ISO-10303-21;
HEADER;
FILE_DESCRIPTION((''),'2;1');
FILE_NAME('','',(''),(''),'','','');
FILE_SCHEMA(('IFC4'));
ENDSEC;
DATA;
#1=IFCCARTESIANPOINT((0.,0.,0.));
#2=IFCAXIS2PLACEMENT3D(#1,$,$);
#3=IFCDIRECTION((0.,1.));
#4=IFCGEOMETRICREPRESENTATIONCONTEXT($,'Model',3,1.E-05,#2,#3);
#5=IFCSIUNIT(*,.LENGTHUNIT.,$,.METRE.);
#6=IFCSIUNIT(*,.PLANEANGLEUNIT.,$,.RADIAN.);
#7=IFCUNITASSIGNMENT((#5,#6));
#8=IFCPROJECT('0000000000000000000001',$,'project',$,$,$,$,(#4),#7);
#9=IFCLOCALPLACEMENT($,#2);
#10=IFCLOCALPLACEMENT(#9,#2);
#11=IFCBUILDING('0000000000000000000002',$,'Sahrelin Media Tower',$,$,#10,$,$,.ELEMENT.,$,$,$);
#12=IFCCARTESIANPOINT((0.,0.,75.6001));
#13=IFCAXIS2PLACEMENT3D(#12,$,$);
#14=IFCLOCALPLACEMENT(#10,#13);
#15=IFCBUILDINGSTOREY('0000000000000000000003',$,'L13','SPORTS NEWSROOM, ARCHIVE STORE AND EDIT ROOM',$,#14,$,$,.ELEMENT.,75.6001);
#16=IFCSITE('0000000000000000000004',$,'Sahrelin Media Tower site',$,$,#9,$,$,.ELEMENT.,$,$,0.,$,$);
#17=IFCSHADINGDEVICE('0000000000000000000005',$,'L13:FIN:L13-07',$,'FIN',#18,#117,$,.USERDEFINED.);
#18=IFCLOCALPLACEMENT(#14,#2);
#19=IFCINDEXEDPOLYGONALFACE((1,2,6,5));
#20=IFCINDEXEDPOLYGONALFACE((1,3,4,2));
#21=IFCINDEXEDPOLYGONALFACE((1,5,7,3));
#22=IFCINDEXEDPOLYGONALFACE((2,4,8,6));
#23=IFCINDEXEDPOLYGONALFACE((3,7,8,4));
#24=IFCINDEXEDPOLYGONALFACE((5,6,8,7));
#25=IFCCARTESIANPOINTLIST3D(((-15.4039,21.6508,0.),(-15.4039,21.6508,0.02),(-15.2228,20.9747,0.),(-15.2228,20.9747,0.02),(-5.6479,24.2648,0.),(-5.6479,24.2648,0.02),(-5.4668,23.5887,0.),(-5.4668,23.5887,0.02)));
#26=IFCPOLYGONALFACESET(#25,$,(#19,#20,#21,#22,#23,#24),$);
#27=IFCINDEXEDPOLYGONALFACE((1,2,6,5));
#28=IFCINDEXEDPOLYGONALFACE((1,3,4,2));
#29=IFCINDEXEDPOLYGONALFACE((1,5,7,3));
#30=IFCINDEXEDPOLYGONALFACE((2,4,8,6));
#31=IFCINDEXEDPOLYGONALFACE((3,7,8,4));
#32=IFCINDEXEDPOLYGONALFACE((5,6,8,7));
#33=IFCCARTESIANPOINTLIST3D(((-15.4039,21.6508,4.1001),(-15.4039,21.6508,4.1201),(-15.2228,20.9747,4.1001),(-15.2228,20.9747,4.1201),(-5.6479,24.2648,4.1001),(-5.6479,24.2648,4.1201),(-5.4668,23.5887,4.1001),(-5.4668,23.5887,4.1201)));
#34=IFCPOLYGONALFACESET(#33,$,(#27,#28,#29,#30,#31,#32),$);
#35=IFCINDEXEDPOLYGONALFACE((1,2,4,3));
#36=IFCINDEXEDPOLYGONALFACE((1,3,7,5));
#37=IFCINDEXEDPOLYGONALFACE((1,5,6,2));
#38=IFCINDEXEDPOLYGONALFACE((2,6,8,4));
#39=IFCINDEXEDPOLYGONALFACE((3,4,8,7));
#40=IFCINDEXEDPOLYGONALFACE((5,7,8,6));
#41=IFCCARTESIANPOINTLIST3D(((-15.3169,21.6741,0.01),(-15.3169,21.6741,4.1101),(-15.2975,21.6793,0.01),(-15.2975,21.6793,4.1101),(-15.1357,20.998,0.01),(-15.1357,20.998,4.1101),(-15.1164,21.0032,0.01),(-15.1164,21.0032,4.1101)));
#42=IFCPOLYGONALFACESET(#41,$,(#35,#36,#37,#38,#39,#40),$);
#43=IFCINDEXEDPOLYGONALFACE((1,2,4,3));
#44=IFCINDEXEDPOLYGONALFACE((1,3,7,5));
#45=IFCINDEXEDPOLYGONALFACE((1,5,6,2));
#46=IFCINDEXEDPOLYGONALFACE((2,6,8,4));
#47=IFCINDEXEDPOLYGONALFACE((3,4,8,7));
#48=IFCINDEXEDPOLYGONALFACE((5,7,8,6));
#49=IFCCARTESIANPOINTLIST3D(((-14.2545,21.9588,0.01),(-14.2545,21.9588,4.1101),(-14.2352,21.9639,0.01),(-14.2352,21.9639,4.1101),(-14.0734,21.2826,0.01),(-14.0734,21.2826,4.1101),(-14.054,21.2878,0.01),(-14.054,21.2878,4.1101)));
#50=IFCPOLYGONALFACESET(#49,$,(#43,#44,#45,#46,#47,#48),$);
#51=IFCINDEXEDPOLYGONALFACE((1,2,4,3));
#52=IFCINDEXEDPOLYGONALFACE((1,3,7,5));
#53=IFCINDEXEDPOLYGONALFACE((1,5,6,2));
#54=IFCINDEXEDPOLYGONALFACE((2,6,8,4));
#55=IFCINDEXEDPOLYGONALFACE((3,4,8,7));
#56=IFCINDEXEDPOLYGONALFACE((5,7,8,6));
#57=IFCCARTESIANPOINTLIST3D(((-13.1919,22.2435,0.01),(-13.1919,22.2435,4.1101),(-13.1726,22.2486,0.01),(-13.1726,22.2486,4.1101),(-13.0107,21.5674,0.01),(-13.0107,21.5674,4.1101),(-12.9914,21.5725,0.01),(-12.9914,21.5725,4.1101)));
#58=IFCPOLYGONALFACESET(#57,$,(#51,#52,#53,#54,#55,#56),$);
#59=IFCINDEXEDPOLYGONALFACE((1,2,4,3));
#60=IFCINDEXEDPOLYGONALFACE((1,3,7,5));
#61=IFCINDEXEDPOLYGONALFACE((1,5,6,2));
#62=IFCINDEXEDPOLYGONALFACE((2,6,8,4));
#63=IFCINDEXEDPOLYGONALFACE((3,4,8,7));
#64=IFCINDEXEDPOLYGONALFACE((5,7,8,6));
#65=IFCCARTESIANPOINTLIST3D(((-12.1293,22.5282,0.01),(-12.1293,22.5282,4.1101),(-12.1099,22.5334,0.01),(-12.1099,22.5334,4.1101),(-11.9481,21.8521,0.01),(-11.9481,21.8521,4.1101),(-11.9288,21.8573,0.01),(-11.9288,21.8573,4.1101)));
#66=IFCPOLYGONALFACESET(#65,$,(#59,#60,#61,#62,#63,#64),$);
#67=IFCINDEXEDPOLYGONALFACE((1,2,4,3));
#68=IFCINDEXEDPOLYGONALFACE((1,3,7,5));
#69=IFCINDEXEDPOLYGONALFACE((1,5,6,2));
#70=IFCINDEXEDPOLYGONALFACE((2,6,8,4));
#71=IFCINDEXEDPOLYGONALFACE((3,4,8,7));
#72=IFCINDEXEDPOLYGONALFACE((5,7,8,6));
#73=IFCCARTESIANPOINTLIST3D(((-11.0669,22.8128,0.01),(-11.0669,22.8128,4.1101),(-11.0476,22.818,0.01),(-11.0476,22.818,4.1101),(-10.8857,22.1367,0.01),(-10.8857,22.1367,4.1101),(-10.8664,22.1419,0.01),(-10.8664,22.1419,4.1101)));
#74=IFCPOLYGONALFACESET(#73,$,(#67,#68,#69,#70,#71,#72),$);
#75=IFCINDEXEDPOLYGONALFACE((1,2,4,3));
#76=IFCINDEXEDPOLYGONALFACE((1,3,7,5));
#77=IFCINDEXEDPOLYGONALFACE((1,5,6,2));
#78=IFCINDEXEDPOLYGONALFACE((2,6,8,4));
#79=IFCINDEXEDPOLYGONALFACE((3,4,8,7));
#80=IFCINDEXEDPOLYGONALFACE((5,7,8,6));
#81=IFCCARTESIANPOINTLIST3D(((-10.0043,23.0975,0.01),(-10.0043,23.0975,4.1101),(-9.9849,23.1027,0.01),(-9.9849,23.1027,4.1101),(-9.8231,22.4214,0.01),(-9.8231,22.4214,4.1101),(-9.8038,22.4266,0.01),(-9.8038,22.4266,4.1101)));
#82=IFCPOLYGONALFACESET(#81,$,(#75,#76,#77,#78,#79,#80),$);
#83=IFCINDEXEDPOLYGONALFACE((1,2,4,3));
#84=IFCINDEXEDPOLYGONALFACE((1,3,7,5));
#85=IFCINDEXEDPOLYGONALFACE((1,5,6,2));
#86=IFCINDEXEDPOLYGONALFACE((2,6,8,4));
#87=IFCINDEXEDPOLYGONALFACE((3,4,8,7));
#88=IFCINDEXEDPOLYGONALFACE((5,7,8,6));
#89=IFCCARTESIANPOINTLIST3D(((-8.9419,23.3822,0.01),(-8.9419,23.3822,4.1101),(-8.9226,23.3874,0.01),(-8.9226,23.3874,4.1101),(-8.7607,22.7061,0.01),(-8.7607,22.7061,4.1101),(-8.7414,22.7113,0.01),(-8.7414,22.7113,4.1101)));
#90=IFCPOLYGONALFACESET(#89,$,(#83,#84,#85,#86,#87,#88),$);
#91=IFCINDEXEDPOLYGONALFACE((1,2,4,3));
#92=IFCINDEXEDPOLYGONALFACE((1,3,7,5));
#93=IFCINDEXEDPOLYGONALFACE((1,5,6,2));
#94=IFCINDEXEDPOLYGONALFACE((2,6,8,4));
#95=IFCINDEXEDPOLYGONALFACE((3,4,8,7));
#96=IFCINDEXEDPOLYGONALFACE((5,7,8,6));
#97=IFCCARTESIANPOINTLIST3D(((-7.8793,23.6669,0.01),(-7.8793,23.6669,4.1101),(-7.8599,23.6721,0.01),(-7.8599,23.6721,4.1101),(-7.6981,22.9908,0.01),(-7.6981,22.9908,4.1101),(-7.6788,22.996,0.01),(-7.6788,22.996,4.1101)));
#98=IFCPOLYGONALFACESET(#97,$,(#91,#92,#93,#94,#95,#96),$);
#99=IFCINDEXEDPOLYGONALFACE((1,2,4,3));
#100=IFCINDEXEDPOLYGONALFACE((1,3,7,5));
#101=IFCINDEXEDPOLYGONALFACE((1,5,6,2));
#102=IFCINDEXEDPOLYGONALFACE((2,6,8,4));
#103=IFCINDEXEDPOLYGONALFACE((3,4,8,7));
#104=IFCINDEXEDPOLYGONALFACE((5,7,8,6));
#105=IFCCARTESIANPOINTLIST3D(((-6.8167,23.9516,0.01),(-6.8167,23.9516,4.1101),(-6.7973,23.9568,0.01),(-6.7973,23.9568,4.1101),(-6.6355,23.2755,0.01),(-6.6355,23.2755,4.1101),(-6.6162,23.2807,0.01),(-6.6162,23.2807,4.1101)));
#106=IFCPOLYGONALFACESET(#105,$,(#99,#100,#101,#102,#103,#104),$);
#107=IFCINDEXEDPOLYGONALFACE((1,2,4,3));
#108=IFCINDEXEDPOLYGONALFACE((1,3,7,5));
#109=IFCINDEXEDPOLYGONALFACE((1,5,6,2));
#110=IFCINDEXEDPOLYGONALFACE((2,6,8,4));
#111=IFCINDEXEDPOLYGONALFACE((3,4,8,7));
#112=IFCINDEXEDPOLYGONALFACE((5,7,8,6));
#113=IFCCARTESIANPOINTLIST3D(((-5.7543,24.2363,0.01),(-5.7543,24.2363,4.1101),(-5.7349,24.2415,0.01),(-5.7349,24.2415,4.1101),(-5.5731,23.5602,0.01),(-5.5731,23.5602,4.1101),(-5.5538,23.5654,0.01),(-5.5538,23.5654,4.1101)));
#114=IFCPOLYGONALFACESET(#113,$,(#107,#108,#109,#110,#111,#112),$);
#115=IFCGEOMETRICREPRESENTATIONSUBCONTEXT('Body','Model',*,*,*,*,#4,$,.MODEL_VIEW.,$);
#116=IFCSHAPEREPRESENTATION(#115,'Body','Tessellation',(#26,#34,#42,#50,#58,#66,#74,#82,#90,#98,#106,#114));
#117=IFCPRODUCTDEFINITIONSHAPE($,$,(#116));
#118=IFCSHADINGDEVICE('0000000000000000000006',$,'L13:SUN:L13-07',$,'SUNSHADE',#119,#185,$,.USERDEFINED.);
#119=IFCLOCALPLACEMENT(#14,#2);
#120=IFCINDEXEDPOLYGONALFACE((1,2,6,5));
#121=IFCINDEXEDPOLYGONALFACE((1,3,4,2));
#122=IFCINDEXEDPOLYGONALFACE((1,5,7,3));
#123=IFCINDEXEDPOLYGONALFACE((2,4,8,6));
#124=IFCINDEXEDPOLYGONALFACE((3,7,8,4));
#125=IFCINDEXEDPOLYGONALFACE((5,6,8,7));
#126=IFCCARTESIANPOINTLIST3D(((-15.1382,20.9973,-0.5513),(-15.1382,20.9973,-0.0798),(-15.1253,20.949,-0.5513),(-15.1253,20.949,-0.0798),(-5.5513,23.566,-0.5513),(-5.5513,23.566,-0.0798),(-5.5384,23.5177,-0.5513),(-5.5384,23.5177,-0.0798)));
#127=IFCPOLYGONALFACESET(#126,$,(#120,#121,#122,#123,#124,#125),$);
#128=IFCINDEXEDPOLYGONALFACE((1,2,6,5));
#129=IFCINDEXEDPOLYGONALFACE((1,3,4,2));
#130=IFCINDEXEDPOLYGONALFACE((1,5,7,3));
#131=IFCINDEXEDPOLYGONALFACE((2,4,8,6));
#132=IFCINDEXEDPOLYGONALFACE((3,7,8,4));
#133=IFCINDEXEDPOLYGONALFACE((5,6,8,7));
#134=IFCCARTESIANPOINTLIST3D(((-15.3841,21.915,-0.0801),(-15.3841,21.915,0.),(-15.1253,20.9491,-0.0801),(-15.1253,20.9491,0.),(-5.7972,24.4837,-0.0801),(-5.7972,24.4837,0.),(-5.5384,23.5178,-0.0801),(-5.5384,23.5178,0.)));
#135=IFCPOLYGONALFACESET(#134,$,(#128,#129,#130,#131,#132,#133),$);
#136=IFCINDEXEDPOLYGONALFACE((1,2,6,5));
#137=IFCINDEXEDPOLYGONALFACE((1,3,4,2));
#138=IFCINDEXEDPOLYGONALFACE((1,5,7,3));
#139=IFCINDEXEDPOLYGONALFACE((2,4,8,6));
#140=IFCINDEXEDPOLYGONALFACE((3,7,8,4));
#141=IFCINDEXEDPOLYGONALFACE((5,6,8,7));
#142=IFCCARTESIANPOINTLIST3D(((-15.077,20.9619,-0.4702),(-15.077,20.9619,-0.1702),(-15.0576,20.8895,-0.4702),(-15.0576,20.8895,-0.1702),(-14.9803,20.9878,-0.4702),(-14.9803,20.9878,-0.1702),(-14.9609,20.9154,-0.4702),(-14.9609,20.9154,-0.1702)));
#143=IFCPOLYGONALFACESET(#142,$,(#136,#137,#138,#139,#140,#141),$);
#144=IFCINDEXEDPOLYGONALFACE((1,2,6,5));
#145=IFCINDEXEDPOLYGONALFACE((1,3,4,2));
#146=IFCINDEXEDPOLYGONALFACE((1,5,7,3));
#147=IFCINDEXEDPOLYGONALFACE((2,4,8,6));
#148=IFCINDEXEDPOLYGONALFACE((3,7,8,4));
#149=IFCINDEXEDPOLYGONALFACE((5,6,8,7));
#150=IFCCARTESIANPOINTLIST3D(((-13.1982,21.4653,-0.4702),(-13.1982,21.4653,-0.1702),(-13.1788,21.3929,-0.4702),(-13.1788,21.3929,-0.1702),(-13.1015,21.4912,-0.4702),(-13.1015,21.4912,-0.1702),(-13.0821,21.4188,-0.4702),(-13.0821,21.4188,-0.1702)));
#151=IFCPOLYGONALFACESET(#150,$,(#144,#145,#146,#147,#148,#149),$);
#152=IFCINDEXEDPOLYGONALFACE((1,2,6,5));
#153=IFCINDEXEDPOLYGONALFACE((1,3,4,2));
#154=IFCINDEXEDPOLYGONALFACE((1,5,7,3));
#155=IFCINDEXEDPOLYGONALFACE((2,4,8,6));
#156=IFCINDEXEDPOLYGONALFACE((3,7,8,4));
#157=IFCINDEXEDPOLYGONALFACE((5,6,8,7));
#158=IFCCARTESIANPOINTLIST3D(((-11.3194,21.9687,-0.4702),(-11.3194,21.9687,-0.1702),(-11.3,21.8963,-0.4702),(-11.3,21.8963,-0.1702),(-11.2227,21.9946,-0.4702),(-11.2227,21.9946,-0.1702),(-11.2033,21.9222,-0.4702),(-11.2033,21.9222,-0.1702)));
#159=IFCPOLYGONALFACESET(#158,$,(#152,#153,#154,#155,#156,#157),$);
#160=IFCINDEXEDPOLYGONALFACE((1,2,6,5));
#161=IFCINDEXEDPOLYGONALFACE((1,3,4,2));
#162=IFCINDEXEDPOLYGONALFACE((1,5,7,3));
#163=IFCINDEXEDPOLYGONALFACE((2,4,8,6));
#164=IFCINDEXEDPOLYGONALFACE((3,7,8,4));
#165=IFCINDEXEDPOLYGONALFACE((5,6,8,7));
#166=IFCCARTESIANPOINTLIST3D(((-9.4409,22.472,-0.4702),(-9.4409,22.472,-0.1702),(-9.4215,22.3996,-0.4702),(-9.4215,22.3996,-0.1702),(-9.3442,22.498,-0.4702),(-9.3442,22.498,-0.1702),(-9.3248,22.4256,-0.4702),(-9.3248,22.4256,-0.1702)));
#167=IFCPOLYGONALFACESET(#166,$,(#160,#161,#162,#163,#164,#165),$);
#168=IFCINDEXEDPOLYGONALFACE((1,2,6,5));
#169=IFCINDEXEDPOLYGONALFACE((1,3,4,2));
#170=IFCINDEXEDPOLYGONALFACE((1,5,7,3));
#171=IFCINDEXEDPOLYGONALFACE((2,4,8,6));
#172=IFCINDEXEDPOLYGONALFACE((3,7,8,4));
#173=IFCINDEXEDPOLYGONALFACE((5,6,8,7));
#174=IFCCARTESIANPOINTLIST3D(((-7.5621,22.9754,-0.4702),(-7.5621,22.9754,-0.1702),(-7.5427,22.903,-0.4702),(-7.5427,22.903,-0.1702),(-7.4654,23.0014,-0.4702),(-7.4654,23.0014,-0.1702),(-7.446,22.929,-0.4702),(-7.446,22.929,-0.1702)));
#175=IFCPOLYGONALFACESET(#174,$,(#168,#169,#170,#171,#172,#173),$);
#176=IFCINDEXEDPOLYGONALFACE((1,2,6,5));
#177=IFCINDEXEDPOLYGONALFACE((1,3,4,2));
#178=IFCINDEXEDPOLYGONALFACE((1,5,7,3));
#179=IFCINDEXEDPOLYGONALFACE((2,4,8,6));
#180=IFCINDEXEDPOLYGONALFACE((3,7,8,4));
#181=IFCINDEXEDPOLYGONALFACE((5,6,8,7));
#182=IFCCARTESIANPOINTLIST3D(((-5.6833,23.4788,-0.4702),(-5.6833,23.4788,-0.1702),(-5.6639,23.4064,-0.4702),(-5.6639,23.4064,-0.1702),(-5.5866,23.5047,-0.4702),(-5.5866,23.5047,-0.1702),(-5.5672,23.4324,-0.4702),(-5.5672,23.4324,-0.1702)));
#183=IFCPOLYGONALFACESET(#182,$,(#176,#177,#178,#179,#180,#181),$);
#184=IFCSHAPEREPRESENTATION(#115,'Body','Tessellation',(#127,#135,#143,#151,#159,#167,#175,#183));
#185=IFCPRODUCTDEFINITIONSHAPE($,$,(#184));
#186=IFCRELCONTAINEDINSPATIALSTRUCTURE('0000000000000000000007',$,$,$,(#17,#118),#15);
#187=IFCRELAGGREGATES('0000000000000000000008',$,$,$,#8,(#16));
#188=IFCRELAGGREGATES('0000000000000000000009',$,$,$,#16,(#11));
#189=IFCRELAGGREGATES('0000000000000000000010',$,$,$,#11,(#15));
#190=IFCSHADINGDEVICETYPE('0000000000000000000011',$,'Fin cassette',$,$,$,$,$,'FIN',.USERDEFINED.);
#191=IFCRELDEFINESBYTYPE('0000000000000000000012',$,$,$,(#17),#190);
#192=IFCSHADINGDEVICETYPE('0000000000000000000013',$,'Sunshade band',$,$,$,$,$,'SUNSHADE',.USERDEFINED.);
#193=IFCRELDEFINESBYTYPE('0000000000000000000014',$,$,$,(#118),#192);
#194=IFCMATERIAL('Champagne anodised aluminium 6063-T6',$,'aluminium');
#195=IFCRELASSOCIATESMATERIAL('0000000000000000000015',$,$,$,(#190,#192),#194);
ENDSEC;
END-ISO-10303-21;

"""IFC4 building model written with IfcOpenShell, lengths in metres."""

from ifc_helpers import new_model, si_unit, direction, frame, origin, origin_2d, place, context, subcontext, project, spatial, rectangle, extrude, material, type_object, element, save


model = new_model("IFC4")

# Units and contexts
model_context = context("Model", 3, precision=1e-05, world=origin(), true_north=direction((0.0, 1.0)))
body_context = subcontext(model_context, "Body", "Model", "MODEL_VIEW")
ifc_project = project(units=[si_unit("LENGTHUNIT", "METRE"), si_unit("PLANEANGLEUNIT", "RADIAN")], contexts=[model_context])

# Site, building, storey
site_placement = place(None, origin())
site = spatial("IfcSite", under=ifc_project, at=site_placement, Name="Sahrelin Media Tower site", CompositionType="ELEMENT", RefElevation=0.0)
building_placement = place(site_placement, origin())
building = spatial("IfcBuilding", under=site, at=building_placement, Name="Sahrelin Media Tower", CompositionType="ELEMENT")
storey_placement = place(building_placement, frame((0.0, 0.0, 75.6001)))
storey = spatial("IfcBuildingStorey", under=building, at=storey_placement, Name="L13", Description="SPORTS NEWSROOM, ARCHIVE STORE AND EDIT ROOM", CompositionType="ELEMENT", Elevation=75.6001)

# Shared definitions
ifc_material_1 = material(Name="Champagne anodised aluminium 6063-T6", Category="aluminium")

# Shading devices
shading_device_type_1 = type_object("IfcShadingDeviceType", Name="Fin cassette", ElementType="FIN", PredefinedType="USERDEFINED", material=ifc_material_1)
placement = place(storey_placement, frame((-10.3267, 22.2141, 0.0), z_axis=(0.0, 0.0, 1.0), x_axis=(0.965929, 0.258808, 0.0)))
element("IfcShadingDevice", 1, at=placement, inside=storey, type_object=shading_device_type_1, Name="L13:FIN:L13-07", ObjectType="FIN", PredefinedType="USERDEFINED", context=body_context, shape_type="SweptSolid", body=[
    extrude(rectangle(XDim=10.1001, YDim=0.7, at=origin_2d()), frame((0.0, 0.4199, 0.0)), (0.0, 0.0, 1.0), 0.02),
    extrude(rectangle(XDim=10.1001, YDim=0.7, at=origin_2d()), frame((0.0, 0.4199, 4.1001)), (0.0, 0.0, 1.0), 0.02),
    extrude(rectangle(XDim=0.02, YDim=0.7, at=origin_2d()), frame((-4.95, 0.4199, 0.01), z_axis=(0.0, 0.0, 1.0), x_axis=(1.0, 0.0, 0.0)), (0.0, 0.0, 1.0), 4.1001),
    extrude(rectangle(XDim=0.02, YDim=0.7, at=origin_2d()), frame((-3.8501, 0.4199, 0.01), z_axis=(0.0, 0.0, 1.0), x_axis=(1.0, 0.0, 0.0)), (0.0, 0.0, 1.0), 4.1001),
    extrude(rectangle(XDim=0.02, YDim=0.7, at=origin_2d()), frame((-2.75, 0.4199, 0.01), z_axis=(0.0, 0.0, 1.0), x_axis=(1.0, 0.0, 0.0)), (0.0, 0.0, 1.0), 4.1001),
    extrude(rectangle(XDim=0.02, YDim=0.7, at=origin_2d()), frame((-1.6499, 0.4199, 0.01), z_axis=(0.0, 0.0, 1.0), x_axis=(1.0, 0.0, 0.0)), (0.0, 0.0, 1.0), 4.1001),
    extrude(rectangle(XDim=0.02, YDim=0.7, at=origin_2d()), frame((-0.55, 0.4199, 0.01), z_axis=(0.0, 0.0, 1.0), x_axis=(1.0, 0.0, 0.0)), (0.0, 0.0, 1.0), 4.1001),
    extrude(rectangle(XDim=0.02, YDim=0.7, at=origin_2d()), frame((0.55, 0.4199, 0.01), z_axis=(0.0, 0.0, 1.0), x_axis=(1.0, 0.0, 0.0)), (0.0, 0.0, 1.0), 4.1001),
    extrude(rectangle(XDim=0.02, YDim=0.7, at=origin_2d()), frame((1.6499, 0.4199, 0.01), z_axis=(0.0, 0.0, 1.0), x_axis=(1.0, 0.0, 0.0)), (0.0, 0.0, 1.0), 4.1001),
    extrude(rectangle(XDim=0.02, YDim=0.7, at=origin_2d()), frame((2.75, 0.4199, 0.01), z_axis=(0.0, 0.0, 1.0), x_axis=(1.0, 0.0, 0.0)), (0.0, 0.0, 1.0), 4.1001),
    extrude(rectangle(XDim=0.02, YDim=0.7, at=origin_2d()), frame((3.8501, 0.4199, 0.01), z_axis=(0.0, 0.0, 1.0), x_axis=(1.0, 0.0, 0.0)), (0.0, 0.0, 1.0), 4.1001),
    extrude(rectangle(XDim=0.02, YDim=0.7, at=origin_2d()), frame((4.95, 0.4199, 0.01), z_axis=(0.0, 0.0, 1.0), x_axis=(1.0, 0.0, 0.0)), (0.0, 0.0, 1.0), 4.1001),
])
shading_device_type_2 = type_object("IfcShadingDeviceType", Name="Sunshade band", ElementType="SUNSHADE", PredefinedType="USERDEFINED", material=ifc_material_1)
element("IfcShadingDevice", 2, at=placement, inside=storey, type_object=shading_device_type_2, Name="L13:SUN:L13-07", ObjectType="SUNSHADE", PredefinedType="USERDEFINED", context=body_context, shape_type="SweptSolid", body=[
    extrude(rectangle(XDim=9.925, YDim=0.05, at=origin_2d()), frame((0.0, 0.0449, -0.5513)), (0.0, 0.0, 1.0), 0.4714),
    extrude(rectangle(XDim=9.925, YDim=1.0, at=origin_2d()), frame((0.0, 0.52, -0.0801)), (0.0, 0.0, 1.0), 0.0801),
    extrude(rectangle(XDim=0.1001, YDim=0.075, at=origin_2d()), frame((-4.8625, -0.0176, -0.4702)), (0.0, 0.0, 1.0), 0.3),
    extrude(rectangle(XDim=0.1001, YDim=0.075, at=origin_2d()), frame((-2.9175, -0.0176, -0.4702)), (0.0, 0.0, 1.0), 0.3),
    extrude(rectangle(XDim=0.1001, YDim=0.075, at=origin_2d()), frame((-0.9724, -0.0176, -0.4702)), (0.0, 0.0, 1.0), 0.3),
    extrude(rectangle(XDim=0.1001, YDim=0.075, at=origin_2d()), frame((0.9724, -0.0176, -0.4702)), (0.0, 0.0, 1.0), 0.3),
    extrude(rectangle(XDim=0.1001, YDim=0.075, at=origin_2d()), frame((2.9175, -0.0176, -0.4702)), (0.0, 0.0, 1.0), 0.3),
    extrude(rectangle(XDim=0.1001, YDim=0.075, at=origin_2d()), frame((4.8625, -0.0176, -0.4702)), (0.0, 0.0, 1.0), 0.3),
])

save(model, "model.ifc")
